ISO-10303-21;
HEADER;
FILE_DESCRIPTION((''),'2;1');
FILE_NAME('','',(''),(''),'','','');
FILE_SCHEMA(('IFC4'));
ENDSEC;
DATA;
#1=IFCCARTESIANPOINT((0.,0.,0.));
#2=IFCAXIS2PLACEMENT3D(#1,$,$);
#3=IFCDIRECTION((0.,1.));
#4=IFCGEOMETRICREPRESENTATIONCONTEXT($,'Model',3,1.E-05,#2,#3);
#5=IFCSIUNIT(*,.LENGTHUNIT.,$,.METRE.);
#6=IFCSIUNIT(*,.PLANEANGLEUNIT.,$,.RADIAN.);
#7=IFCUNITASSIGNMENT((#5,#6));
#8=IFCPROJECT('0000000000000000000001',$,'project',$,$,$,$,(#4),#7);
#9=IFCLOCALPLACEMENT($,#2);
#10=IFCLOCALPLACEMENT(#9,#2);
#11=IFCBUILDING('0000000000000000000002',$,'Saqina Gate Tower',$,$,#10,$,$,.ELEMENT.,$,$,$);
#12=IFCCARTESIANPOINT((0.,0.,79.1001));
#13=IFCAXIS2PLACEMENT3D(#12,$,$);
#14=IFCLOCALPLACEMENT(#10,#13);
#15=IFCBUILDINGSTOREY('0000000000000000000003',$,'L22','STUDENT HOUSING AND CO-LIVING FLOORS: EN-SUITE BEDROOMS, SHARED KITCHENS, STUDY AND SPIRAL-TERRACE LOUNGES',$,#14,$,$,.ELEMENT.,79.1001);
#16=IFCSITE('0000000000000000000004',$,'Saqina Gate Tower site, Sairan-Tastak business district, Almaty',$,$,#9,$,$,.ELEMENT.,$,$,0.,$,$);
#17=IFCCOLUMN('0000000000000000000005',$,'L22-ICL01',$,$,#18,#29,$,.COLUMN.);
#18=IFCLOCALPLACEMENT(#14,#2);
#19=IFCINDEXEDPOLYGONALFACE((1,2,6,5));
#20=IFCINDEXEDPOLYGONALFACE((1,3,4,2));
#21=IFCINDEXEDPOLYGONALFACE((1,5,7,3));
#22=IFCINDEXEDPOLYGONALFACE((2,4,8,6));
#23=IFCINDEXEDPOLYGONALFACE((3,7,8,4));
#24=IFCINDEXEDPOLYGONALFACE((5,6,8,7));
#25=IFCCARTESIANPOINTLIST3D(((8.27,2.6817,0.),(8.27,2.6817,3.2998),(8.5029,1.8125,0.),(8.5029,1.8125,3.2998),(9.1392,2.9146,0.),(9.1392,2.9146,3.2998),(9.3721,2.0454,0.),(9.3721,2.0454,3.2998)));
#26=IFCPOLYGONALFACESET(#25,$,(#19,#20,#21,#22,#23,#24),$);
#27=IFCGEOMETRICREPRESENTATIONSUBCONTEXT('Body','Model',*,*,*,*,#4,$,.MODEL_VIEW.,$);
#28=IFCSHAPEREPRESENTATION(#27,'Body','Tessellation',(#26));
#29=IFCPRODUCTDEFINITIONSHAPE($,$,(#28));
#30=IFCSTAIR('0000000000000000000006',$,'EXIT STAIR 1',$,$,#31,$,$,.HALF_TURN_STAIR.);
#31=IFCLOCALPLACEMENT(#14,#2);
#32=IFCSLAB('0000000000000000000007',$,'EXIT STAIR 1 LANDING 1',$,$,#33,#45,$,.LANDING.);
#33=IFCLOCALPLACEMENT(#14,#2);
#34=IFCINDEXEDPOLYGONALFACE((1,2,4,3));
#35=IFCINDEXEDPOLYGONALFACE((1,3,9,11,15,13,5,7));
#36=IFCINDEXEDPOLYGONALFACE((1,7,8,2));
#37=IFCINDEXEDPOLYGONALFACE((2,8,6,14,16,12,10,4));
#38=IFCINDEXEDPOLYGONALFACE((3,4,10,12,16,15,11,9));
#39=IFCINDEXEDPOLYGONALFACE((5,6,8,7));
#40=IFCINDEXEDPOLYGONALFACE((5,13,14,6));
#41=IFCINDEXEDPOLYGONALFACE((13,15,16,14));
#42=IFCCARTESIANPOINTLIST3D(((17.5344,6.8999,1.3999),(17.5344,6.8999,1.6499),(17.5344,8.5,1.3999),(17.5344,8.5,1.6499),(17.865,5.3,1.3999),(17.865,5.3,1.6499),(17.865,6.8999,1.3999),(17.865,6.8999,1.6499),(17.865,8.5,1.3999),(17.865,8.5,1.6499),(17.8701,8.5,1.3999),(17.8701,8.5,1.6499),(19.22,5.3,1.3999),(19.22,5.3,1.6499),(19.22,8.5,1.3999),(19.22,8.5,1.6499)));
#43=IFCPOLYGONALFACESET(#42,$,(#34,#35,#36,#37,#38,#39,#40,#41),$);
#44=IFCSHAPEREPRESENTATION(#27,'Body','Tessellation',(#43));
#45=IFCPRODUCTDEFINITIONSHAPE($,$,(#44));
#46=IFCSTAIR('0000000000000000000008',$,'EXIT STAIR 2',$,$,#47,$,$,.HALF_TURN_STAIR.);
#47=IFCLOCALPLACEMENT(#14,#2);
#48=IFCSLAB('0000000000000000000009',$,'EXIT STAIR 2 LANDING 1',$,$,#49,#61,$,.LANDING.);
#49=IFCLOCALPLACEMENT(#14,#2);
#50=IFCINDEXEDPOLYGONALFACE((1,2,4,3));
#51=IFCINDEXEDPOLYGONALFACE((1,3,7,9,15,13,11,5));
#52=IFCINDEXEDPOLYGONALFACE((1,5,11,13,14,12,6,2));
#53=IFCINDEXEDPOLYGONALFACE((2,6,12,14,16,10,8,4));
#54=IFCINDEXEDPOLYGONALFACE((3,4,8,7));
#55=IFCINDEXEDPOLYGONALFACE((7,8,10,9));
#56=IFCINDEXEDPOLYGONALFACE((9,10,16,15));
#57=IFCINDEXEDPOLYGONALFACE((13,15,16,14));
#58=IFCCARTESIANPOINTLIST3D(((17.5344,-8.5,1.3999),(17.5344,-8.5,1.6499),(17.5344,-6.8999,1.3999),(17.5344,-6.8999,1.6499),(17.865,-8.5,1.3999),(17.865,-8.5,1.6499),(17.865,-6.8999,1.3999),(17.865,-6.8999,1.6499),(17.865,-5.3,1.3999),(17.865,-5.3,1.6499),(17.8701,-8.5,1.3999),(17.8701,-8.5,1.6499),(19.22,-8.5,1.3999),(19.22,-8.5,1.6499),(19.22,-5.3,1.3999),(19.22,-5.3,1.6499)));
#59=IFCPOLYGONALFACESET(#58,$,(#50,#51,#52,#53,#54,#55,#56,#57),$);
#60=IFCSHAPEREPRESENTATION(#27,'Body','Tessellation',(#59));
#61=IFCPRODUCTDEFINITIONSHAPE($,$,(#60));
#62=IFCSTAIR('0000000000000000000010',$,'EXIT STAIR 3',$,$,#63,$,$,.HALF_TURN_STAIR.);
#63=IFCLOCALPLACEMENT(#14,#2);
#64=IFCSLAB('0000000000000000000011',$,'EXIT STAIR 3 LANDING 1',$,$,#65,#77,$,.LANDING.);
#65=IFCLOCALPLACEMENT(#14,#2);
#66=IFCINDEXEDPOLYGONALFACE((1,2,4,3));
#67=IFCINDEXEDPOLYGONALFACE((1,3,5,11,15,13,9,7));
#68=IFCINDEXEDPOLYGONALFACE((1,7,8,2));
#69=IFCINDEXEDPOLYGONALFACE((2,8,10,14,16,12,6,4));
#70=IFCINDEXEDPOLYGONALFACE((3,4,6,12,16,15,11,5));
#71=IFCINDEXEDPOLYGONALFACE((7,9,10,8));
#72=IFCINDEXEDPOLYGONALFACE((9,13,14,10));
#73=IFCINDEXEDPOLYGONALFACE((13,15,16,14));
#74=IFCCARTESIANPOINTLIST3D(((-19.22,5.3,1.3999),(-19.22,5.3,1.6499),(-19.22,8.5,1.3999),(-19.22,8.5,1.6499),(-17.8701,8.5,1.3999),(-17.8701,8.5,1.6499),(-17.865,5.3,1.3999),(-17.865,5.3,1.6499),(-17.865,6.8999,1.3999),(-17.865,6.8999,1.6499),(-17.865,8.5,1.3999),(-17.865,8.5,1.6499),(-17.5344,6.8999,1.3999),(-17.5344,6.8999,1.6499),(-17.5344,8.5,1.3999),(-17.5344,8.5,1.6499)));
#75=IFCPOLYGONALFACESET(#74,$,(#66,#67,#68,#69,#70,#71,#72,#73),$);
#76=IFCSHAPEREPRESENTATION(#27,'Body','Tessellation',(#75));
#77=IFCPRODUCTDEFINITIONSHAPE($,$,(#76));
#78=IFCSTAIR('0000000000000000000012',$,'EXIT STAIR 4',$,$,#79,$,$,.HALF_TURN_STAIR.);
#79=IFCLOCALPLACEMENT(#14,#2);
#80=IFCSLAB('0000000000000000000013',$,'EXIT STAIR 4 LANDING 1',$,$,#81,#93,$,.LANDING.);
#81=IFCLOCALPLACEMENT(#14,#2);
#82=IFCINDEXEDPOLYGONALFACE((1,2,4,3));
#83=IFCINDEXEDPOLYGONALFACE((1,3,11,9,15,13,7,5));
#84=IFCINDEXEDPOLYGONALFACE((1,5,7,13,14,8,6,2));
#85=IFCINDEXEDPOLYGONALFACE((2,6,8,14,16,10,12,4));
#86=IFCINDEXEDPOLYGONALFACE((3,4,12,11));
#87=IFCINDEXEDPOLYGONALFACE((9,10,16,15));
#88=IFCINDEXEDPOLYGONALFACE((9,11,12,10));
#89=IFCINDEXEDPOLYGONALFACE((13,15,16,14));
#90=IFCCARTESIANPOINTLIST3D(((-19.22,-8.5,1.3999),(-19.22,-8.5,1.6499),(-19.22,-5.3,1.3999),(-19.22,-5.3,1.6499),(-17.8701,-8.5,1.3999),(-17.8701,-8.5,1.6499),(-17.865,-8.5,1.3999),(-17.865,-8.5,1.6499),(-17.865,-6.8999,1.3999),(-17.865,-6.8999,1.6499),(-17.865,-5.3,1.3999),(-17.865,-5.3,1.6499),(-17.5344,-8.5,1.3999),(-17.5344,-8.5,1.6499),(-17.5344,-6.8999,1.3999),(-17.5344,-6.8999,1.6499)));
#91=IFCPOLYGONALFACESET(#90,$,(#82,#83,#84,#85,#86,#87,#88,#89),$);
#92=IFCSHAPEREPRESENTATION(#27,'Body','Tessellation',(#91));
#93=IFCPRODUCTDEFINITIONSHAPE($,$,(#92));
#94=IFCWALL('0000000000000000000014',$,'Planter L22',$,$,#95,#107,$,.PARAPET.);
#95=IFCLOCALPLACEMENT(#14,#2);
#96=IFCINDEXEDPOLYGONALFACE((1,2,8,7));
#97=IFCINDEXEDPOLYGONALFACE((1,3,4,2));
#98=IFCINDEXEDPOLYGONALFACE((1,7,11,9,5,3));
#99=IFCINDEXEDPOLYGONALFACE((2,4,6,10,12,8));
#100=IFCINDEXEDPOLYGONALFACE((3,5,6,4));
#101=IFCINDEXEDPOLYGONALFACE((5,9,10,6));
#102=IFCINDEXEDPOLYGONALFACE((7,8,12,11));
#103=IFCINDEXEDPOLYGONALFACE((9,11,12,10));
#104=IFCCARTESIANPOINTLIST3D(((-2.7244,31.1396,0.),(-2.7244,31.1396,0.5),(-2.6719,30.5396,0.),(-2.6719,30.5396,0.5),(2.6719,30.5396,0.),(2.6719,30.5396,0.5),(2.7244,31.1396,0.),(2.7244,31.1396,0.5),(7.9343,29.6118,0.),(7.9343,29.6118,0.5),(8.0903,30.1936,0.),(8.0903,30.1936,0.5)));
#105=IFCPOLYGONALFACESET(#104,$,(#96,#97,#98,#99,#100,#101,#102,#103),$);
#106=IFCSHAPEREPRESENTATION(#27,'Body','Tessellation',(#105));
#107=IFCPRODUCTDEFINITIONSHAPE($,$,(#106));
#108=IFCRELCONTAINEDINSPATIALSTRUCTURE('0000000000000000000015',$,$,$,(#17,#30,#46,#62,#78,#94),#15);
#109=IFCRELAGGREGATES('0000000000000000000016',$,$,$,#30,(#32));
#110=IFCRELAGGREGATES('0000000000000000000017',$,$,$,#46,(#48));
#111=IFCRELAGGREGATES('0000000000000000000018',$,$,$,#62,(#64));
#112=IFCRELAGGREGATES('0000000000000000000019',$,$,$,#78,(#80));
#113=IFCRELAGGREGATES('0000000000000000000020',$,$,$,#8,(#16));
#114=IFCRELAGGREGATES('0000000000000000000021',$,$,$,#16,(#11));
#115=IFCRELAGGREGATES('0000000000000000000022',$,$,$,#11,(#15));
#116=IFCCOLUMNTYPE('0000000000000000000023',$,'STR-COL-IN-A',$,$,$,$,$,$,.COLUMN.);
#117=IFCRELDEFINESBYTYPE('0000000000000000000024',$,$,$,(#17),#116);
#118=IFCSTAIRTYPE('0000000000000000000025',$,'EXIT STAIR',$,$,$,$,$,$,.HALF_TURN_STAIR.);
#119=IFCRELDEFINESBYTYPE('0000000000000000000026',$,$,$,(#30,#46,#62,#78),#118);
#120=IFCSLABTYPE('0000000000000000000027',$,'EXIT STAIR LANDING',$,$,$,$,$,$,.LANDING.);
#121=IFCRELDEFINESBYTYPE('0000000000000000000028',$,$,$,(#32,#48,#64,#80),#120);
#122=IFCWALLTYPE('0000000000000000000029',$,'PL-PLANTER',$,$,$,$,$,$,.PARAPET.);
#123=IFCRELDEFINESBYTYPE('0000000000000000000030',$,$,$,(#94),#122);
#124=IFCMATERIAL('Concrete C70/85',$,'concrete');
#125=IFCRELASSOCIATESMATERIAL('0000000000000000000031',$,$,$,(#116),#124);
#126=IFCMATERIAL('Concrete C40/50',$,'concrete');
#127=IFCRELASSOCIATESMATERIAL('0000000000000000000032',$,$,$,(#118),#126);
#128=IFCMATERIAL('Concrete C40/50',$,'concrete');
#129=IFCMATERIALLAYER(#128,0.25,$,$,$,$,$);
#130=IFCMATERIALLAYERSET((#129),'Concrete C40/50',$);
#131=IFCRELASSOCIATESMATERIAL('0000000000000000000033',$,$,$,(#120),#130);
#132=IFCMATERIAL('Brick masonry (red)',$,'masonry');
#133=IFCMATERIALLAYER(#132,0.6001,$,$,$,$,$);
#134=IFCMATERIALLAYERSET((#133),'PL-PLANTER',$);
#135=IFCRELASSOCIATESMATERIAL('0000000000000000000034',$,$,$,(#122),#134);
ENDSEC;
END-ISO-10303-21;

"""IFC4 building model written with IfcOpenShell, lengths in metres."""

from ifc_helpers import new_model, si_unit, direction, frame, origin, origin_2d, place, context, subcontext, project, spatial, polyline, rectangle, outline, extrude, material, layer, layer_set, material_profile, profile_set, type_object, element, aggregate, save


model = new_model("IFC4")

# Units and contexts
model_context = context("Model", 3, precision=1e-05, world=origin(), true_north=direction((0.0, 1.0)))
body_context = subcontext(model_context, "Body", "Model", "MODEL_VIEW")
ifc_project = project(units=[si_unit("LENGTHUNIT", "METRE"), si_unit("PLANEANGLEUNIT", "RADIAN")], contexts=[model_context])

# Site, building, storey
site_placement = place(None, origin())
site = spatial("IfcSite", under=ifc_project, at=site_placement, Name="Saqina Gate Tower site, Sairan-Tastak business district, Almaty", CompositionType="ELEMENT", RefElevation=0.0)
building_placement = place(site_placement, origin())
building = spatial("IfcBuilding", under=site, at=building_placement, Name="Saqina Gate Tower", CompositionType="ELEMENT")
storey_placement = place(building_placement, frame((0.0, 0.0, 79.1001)))
storey = spatial("IfcBuildingStorey", under=building, at=storey_placement, Name="L22", Description="STUDENT HOUSING AND CO-LIVING FLOORS: EN-SUITE BEDROOMS, SHARED KITCHENS, STUDY AND SPIRAL-TERRACE LOUNGES", CompositionType="ELEMENT", Elevation=79.1001)

# Column
ifc_material_1 = material(Name="Concrete C70/85", Category="concrete")
ifc_material_profile = material_profile(ifc_material_1, rectangle(XDim=0.8999, YDim=0.8999, at=origin_2d()), Name="RC 900x900")
ifc_profile_set = profile_set([ifc_material_profile], Name="Concrete C70/85")
column_type = type_object("IfcColumnType", Name="STR-COL-IN-A", PredefinedType="COLUMN", material=ifc_profile_set)
column_placement = place(storey_placement, frame((8.821, 2.3635, 0.0), z_axis=(0.0, 0.0, 1.0), x_axis=(0.965926, 0.258819, 0.0)))
element("IfcColumn", 1, at=column_placement, inside=storey, type_object=column_type, Name="L22-ICL01", PredefinedType="COLUMN", context=body_context, shape_type="SweptSolid", body=[
    extrude(rectangle(XDim=0.8999, YDim=0.8999, at=origin_2d()), origin(), (0.0, 0.0, 1.0), 3.2998),
])

# Stairs, slabs
ifc_material_2 = material(Name="Concrete C40/50", Category="concrete")
stair_type = type_object("IfcStairType", Name="EXIT STAIR", PredefinedType="HALF_TURN_STAIR", material=ifc_material_2)
stair_1_placement = place(storey_placement, origin())
stair_1 = element("IfcStair", 2, at=stair_1_placement, inside=storey, type_object=stair_type, Name="EXIT STAIR 1", PredefinedType="HALF_TURN_STAIR")
ifc_material_3 = material(Name="Concrete C40/50", Category="concrete")
ifc_layer_1 = layer(ifc_material_3, 0.25)
ifc_layer_set_1 = layer_set([ifc_layer_1], Name="Concrete C40/50")
slab_type = type_object("IfcSlabType", Name="EXIT STAIR LANDING", PredefinedType="LANDING", material=ifc_layer_set_1)
slab_1_placement = place(storey_placement, frame((0.0, 0.0, 1.3999)))
slab_1 = element("IfcSlab", 3, at=slab_1_placement, type_object=slab_type, Name="EXIT STAIR 1 LANDING 1", PredefinedType="LANDING", context=body_context, shape_type="SweptSolid", body=[
    extrude(outline(polyline([(19.22, 8.5), (19.22, 5.3), (17.865, 5.3), (17.865, 6.8999), (17.5344, 6.8999), (17.5344, 8.5), (17.865, 8.5), (17.8701, 8.5), (19.22, 8.5)])), origin(), (0.0, 0.0, 1.0), 0.25),
])
aggregate(stair_1, [slab_1])
stair_2_placement = place(storey_placement, origin())
stair_2 = element("IfcStair", 4, at=stair_2_placement, inside=storey, type_object=stair_type, Name="EXIT STAIR 2", PredefinedType="HALF_TURN_STAIR")
slab_2_placement = place(storey_placement, frame((0.0, 0.0, 1.3999)))
slab_2 = element("IfcSlab", 5, at=slab_2_placement, type_object=slab_type, Name="EXIT STAIR 2 LANDING 1", PredefinedType="LANDING", context=body_context, shape_type="SweptSolid", body=[
    extrude(outline(polyline([(17.5344, -8.5), (17.5344, -6.8999), (17.865, -6.8999), (17.865, -5.3), (19.22, -5.3), (19.22, -8.5), (17.8701, -8.5), (17.865, -8.5), (17.5344, -8.5)])), origin(), (0.0, 0.0, 1.0), 0.25),
])
aggregate(stair_2, [slab_2])
stair_3_placement = place(storey_placement, origin())
stair_3 = element("IfcStair", 6, at=stair_3_placement, inside=storey, type_object=stair_type, Name="EXIT STAIR 3", PredefinedType="HALF_TURN_STAIR")
slab_3_placement = place(storey_placement, frame((0.0, 0.0, 1.3999)))
slab_3 = element("IfcSlab", 7, at=slab_3_placement, type_object=slab_type, Name="EXIT STAIR 3 LANDING 1", PredefinedType="LANDING", context=body_context, shape_type="SweptSolid", body=[
    extrude(outline(polyline([(-17.865, 5.3), (-19.22, 5.3), (-19.22, 8.5), (-17.8701, 8.5), (-17.865, 8.5), (-17.5344, 8.5), (-17.5344, 6.8999), (-17.865, 6.8999), (-17.865, 5.3)])), origin(), (0.0, 0.0, 1.0), 0.25),
])
aggregate(stair_3, [slab_3])
stair_4_placement = place(storey_placement, origin())
stair_4 = element("IfcStair", 8, at=stair_4_placement, inside=storey, type_object=stair_type, Name="EXIT STAIR 4", PredefinedType="HALF_TURN_STAIR")
slab_4_placement = place(storey_placement, frame((0.0, 0.0, 1.3999)))
slab_4 = element("IfcSlab", 9, at=slab_4_placement, type_object=slab_type, Name="EXIT STAIR 4 LANDING 1", PredefinedType="LANDING", context=body_context, shape_type="SweptSolid", body=[
    extrude(outline(polyline([(-17.5344, -6.8999), (-17.5344, -8.5), (-17.865, -8.5), (-17.8701, -8.5), (-19.22, -8.5), (-19.22, -5.3), (-17.865, -5.3), (-17.865, -6.8999), (-17.5344, -6.8999)])), origin(), (0.0, 0.0, 1.0), 0.25),
])
aggregate(stair_4, [slab_4])

# Wall
ifc_material_4 = material(Name="Brick masonry (red)", Category="masonry")
ifc_layer_2 = layer(ifc_material_4, 0.6001)
ifc_layer_set_2 = layer_set([ifc_layer_2], Name="PL-PLANTER")
wall_type_1 = type_object("IfcWallType", Name="PL-PLANTER", PredefinedType="PARAPET", material=ifc_layer_set_2)
wall_1_placement = place(storey_placement, origin())
element("IfcWall", 10, at=wall_1_placement, inside=storey, type_object=wall_type_1, Name="Planter L22", PredefinedType="PARAPET", context=body_context, shape_type="SweptSolid", body=[
    extrude(outline(polyline([(8.0903, 30.1936), (2.7244, 31.1396), (-2.7244, 31.1396), (-2.6719, 30.5396), (2.6719, 30.5396), (7.9343, 29.6118), (8.0903, 30.1936)])), origin(), (0.0, 0.0, 1.0), 0.5),
])

save(model, "model.ifc")
